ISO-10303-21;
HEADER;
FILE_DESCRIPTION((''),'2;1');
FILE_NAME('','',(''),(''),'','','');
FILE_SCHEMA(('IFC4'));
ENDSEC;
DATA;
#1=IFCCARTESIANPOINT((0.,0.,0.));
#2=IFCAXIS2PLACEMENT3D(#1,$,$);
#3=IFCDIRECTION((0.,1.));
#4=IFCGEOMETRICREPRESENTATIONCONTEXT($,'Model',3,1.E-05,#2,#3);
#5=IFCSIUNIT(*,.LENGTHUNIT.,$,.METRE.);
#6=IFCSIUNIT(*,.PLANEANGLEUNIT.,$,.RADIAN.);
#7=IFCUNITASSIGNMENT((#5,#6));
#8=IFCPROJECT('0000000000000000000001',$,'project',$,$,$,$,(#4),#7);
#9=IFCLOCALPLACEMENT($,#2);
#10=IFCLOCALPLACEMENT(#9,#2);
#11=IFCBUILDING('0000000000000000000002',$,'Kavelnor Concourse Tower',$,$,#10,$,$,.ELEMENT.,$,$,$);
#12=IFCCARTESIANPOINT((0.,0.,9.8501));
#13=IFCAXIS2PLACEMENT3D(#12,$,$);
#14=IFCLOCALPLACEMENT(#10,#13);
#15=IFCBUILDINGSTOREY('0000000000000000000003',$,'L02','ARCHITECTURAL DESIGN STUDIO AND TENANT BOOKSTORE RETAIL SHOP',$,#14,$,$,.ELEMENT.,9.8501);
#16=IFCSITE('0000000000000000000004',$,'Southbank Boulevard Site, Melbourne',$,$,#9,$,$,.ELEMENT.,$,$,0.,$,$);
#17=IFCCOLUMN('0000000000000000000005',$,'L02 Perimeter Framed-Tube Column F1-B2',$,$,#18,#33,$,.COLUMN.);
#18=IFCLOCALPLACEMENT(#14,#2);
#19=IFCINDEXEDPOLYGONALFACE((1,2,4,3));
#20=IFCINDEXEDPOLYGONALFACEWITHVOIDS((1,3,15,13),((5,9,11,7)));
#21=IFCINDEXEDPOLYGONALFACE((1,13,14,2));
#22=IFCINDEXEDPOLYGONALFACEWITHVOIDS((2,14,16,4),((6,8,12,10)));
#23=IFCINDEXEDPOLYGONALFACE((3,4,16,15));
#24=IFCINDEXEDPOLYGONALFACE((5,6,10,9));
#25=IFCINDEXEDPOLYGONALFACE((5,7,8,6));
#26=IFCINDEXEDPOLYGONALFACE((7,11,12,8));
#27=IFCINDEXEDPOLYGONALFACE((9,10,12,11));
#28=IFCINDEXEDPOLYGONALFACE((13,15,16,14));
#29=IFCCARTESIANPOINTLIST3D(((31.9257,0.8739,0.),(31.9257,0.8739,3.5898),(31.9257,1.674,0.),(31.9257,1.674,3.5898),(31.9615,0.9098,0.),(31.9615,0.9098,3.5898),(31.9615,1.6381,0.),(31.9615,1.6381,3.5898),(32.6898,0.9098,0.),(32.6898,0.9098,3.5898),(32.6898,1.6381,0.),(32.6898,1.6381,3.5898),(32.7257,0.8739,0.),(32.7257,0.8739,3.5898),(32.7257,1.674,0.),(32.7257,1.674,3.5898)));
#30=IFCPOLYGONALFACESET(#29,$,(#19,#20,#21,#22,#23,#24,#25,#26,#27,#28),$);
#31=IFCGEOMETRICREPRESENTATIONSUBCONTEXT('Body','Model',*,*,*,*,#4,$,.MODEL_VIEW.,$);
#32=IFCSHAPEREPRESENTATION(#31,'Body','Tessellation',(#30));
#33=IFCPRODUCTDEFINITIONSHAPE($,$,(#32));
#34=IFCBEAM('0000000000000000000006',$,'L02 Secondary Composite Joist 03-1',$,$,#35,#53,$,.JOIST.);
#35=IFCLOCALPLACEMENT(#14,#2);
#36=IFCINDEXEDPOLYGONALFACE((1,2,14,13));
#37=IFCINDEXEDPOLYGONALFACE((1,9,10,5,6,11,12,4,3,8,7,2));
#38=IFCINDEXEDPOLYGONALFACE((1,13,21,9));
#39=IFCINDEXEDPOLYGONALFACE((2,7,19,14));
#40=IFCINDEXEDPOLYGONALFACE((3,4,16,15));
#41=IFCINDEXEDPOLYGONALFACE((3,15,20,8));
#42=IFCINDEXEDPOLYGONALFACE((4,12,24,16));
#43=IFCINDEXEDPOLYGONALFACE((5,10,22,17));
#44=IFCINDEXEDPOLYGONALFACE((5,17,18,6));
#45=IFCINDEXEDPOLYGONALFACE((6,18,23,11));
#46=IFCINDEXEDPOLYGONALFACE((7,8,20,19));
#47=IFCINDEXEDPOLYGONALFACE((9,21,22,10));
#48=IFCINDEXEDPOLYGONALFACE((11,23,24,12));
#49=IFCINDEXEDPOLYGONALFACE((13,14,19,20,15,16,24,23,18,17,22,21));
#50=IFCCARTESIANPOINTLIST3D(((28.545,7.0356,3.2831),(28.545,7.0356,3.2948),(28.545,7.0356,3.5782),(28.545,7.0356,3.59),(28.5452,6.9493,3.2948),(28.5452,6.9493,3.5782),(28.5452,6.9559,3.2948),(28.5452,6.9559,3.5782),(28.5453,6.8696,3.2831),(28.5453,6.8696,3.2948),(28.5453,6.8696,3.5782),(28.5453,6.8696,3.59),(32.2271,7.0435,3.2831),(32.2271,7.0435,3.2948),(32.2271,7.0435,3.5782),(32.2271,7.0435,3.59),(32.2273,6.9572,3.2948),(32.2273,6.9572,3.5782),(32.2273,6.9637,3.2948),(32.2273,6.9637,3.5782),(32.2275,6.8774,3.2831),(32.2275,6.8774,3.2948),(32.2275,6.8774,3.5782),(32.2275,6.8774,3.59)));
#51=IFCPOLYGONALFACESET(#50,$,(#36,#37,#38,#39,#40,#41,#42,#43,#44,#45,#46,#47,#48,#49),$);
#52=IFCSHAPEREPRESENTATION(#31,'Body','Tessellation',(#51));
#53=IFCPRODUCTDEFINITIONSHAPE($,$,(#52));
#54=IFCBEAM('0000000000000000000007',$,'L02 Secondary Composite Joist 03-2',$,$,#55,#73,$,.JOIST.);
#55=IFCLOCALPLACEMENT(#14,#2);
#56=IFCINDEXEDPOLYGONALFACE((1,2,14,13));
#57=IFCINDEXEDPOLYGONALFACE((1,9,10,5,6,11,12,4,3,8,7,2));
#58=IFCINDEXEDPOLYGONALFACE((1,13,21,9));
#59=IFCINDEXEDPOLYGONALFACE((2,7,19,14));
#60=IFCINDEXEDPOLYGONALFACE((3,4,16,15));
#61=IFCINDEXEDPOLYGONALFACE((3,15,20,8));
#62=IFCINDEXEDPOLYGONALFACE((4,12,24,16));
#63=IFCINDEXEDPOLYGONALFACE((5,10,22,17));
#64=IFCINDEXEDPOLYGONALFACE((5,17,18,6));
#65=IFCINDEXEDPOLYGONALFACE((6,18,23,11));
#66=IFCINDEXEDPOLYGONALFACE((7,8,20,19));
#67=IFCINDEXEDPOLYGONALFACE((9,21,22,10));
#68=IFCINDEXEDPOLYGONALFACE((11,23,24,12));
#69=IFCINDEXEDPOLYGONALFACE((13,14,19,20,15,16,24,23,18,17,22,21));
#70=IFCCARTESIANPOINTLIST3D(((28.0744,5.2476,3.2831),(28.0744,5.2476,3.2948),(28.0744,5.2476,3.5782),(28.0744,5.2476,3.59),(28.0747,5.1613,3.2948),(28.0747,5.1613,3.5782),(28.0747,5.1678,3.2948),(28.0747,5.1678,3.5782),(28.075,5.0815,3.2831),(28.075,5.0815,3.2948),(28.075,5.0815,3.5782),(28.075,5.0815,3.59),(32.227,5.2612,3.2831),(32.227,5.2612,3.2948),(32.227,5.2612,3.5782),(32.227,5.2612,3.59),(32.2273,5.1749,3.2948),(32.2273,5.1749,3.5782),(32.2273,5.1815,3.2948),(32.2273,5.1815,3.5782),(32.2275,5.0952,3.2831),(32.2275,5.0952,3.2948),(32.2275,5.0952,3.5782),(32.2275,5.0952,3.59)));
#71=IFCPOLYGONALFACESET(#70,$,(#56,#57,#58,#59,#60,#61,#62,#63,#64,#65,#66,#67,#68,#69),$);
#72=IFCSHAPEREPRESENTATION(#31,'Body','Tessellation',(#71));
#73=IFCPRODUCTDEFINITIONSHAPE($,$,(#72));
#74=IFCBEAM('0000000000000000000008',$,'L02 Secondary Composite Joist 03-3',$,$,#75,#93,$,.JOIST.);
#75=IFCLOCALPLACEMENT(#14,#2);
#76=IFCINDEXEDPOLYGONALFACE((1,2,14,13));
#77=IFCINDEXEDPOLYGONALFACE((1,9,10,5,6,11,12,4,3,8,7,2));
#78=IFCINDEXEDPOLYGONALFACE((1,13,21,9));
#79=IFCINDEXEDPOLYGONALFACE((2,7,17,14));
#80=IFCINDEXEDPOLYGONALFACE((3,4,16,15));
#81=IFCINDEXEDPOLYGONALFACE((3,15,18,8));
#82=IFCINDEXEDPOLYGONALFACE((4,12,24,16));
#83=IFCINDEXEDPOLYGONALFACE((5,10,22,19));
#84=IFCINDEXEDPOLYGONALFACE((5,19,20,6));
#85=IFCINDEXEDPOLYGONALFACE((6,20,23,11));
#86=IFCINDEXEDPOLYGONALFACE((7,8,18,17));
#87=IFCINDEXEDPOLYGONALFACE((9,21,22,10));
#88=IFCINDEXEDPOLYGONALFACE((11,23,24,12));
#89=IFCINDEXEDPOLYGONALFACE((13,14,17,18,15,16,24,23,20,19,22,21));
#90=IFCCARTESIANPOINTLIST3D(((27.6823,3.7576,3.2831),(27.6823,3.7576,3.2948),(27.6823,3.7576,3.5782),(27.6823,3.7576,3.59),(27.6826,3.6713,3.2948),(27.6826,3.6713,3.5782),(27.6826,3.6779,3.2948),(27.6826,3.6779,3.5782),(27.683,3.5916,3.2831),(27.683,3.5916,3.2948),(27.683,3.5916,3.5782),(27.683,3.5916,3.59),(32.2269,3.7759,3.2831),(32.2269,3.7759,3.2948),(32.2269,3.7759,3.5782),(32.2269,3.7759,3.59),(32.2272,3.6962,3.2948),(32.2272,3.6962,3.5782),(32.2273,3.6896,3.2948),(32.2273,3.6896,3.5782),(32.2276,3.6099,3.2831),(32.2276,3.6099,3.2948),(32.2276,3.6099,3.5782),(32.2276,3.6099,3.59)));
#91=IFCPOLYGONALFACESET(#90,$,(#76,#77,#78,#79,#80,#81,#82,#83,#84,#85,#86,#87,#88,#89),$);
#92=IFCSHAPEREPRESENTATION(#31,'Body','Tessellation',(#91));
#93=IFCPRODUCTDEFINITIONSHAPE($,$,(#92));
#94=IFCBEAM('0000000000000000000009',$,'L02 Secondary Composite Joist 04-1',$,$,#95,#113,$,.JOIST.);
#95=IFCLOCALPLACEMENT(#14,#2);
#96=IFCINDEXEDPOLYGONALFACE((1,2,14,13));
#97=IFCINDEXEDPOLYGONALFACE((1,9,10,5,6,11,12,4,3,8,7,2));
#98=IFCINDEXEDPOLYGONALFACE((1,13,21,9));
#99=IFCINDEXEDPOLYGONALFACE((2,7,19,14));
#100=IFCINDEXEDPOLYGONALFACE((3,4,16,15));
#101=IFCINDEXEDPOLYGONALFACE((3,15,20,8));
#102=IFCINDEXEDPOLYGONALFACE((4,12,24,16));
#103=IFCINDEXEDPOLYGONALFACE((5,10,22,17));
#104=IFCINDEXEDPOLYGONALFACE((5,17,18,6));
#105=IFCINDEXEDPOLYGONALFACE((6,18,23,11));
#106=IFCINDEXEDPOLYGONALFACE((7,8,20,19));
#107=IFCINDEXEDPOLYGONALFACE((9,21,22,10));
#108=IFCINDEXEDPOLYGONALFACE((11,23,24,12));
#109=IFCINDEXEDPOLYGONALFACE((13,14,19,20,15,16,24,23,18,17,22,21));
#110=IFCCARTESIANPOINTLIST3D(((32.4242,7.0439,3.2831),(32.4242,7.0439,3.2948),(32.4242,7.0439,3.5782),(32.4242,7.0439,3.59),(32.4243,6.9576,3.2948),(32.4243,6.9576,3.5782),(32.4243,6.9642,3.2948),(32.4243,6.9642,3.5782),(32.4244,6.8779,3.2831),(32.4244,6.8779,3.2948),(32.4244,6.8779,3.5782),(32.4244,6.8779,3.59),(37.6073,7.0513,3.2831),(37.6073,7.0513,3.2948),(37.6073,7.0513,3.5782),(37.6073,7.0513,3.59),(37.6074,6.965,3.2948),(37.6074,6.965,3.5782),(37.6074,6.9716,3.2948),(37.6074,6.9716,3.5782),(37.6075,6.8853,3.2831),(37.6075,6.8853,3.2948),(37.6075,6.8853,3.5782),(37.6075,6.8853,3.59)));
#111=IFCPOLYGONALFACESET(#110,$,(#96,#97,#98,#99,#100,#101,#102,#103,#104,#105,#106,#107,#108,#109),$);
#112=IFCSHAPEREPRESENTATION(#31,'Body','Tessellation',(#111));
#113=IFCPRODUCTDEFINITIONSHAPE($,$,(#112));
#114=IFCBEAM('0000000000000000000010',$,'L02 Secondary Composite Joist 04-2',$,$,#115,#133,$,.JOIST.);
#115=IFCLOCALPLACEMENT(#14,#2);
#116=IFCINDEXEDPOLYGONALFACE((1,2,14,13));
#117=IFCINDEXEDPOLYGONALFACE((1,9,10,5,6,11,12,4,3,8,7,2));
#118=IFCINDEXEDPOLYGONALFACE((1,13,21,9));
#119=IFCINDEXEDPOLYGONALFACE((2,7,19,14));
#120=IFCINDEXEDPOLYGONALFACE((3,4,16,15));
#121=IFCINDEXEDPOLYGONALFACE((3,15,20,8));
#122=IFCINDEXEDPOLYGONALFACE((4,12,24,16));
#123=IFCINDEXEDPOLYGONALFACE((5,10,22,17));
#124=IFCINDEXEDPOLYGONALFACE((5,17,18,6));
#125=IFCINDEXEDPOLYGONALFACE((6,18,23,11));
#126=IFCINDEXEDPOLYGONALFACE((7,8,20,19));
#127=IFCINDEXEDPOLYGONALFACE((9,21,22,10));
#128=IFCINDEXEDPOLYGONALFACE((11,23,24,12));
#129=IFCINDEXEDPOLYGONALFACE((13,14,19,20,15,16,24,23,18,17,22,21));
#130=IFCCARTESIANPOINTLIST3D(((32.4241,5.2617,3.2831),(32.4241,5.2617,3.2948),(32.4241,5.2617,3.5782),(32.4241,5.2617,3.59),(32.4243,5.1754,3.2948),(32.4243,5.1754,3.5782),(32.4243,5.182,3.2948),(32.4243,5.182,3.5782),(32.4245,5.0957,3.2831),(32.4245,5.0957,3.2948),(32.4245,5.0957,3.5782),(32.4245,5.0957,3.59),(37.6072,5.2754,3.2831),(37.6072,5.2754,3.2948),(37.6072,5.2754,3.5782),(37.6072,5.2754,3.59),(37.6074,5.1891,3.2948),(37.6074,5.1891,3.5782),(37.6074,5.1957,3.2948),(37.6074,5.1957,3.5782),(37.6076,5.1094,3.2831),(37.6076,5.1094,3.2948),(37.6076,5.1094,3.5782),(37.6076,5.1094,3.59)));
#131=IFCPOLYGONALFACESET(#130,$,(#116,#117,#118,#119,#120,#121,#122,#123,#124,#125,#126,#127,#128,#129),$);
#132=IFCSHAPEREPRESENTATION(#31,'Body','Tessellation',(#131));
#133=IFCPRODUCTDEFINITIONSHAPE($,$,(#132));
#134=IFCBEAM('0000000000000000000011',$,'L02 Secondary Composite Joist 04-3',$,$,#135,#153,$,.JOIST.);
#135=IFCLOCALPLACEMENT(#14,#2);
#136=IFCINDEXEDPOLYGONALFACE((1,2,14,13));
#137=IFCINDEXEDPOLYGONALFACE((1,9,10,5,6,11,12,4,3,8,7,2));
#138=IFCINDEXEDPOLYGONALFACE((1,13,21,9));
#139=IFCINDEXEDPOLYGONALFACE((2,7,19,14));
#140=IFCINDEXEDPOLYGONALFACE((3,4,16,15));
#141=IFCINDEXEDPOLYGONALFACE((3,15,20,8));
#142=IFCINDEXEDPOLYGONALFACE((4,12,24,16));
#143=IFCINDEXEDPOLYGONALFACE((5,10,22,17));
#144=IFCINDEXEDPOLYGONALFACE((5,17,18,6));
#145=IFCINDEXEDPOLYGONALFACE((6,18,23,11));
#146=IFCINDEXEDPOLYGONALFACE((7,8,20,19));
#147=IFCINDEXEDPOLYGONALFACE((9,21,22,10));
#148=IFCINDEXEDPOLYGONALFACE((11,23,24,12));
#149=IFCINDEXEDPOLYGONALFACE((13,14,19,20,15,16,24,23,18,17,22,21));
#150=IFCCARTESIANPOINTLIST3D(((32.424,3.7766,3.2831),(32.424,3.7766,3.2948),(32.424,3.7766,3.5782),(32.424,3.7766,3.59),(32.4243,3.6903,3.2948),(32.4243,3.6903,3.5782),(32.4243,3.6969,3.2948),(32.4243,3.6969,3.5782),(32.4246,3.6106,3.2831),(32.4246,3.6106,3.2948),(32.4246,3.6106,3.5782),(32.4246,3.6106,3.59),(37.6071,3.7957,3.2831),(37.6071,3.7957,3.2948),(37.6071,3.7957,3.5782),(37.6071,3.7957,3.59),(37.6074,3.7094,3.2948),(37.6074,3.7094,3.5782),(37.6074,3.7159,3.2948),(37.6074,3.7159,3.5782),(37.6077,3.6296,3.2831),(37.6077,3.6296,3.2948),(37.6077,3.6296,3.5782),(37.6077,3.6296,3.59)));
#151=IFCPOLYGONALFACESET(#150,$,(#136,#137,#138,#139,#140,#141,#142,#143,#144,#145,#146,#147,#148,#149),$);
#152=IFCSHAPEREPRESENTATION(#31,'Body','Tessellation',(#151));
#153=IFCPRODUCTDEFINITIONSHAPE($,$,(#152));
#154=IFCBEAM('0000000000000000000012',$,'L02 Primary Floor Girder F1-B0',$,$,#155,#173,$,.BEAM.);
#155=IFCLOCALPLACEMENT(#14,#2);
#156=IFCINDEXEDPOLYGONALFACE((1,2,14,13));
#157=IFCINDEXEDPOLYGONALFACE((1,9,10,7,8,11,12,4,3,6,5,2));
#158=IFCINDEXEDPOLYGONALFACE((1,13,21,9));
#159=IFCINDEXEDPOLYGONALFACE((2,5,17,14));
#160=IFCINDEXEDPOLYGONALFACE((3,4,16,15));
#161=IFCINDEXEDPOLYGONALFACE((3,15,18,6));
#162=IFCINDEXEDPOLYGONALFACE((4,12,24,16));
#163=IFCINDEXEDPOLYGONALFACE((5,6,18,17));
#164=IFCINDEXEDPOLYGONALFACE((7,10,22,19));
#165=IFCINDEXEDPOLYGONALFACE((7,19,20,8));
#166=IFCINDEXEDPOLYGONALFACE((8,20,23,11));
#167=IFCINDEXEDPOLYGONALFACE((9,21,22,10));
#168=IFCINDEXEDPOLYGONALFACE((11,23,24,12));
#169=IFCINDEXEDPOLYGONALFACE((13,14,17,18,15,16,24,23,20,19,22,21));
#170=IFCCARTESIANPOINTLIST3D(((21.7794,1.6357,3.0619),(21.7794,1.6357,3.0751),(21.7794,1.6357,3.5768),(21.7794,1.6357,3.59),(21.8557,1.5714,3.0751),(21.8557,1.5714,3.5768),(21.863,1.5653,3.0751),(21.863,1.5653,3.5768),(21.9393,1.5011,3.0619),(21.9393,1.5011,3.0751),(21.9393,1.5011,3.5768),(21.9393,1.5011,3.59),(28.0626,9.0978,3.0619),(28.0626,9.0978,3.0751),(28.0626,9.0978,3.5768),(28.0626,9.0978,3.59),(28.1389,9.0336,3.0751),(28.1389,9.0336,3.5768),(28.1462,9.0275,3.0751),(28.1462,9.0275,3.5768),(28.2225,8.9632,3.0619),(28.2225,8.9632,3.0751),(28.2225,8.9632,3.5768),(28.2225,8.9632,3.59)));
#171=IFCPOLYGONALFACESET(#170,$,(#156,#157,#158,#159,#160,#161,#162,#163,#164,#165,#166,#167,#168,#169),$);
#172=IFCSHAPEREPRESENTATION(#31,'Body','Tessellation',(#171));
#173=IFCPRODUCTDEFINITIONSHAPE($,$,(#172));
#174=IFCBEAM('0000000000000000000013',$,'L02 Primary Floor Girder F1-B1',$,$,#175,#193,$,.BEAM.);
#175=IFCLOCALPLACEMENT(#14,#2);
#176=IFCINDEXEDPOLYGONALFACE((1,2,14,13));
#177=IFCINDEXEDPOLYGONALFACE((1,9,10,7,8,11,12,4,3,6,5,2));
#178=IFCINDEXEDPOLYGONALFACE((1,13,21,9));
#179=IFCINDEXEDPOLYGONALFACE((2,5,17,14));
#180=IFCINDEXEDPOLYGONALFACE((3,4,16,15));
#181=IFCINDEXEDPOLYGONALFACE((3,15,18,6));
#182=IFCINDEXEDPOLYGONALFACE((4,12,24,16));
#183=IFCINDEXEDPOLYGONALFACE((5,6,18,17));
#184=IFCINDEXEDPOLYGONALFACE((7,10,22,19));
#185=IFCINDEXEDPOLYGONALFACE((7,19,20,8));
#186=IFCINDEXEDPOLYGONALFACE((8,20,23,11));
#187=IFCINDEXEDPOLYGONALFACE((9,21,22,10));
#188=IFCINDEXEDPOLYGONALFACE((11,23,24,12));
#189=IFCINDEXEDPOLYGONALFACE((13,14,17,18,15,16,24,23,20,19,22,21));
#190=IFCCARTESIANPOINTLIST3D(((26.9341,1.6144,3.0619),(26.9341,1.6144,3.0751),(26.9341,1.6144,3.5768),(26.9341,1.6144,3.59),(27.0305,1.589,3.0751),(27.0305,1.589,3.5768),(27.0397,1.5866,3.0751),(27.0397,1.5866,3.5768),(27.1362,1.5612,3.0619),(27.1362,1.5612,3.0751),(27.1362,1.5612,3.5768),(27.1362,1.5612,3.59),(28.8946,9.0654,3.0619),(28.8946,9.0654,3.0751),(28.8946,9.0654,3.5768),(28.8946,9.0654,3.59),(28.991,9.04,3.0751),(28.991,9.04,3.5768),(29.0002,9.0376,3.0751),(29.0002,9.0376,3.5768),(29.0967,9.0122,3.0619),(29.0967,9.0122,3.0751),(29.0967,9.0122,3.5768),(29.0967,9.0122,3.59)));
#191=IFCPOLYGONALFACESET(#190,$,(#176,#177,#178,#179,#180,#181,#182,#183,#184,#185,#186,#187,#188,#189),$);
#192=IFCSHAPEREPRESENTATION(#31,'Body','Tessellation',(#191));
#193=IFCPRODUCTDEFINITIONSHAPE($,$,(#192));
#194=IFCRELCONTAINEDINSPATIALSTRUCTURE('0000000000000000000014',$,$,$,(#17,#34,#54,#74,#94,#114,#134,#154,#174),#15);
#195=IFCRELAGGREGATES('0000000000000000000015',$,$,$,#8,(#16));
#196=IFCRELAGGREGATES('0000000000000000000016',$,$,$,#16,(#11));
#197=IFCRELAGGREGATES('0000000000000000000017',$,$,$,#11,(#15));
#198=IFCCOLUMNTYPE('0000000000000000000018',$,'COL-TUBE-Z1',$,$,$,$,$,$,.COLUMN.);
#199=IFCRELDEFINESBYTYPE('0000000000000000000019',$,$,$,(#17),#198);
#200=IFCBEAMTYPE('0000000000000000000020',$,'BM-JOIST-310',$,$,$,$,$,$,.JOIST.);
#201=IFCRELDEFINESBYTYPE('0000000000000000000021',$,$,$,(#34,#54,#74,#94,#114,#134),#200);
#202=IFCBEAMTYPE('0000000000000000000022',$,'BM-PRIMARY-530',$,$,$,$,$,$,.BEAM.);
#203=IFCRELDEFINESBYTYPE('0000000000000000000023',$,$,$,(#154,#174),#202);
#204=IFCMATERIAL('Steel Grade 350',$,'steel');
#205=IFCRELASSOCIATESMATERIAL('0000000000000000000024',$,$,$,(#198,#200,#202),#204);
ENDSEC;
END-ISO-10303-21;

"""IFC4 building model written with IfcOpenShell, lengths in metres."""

from ifc_helpers import new_model, si_unit, direction, frame, origin, origin_2d, place, context, subcontext, project, spatial, hollow_rectangle, i_section, extrude, material, material_profile, profile_set, type_object, element, save


model = new_model("IFC4")

# Units and contexts
model_context = context("Model", 3, precision=1e-05, world=origin(), true_north=direction((0.0, 1.0)))
body_context = subcontext(model_context, "Body", "Model", "MODEL_VIEW")
ifc_project = project(units=[si_unit("LENGTHUNIT", "METRE"), si_unit("PLANEANGLEUNIT", "RADIAN")], contexts=[model_context])

# Site, building, storey
site_placement = place(None, origin())
site = spatial("IfcSite", under=ifc_project, at=site_placement, Name="Southbank Boulevard Site, Melbourne", CompositionType="ELEMENT", RefElevation=0.0)
building_placement = place(site_placement, origin())
building = spatial("IfcBuilding", under=site, at=building_placement, Name="Kavelnor Concourse Tower", CompositionType="ELEMENT")
storey_placement = place(building_placement, frame((0.0, 0.0, 9.8501)))
storey = spatial("IfcBuildingStorey", under=building, at=storey_placement, Name="L02", Description="ARCHITECTURAL DESIGN STUDIO AND TENANT BOOKSTORE RETAIL SHOP", CompositionType="ELEMENT", Elevation=9.8501)

# Column
ifc_material_1 = material(Name="Steel Grade 350", Category="steel")
ifc_material_profile_1 = material_profile(ifc_material_1, hollow_rectangle(XDim=0.8, YDim=0.8, WallThickness=0.0359, at=origin_2d()), Name="SHS 800x800x36")
ifc_profile_set_1 = profile_set([ifc_material_profile_1], Name="Steel Grade 350")
column_type = type_object("IfcColumnType", Name="COL-TUBE-Z1", PredefinedType="COLUMN", material=ifc_profile_set_1)
column_placement = place(storey_placement, frame((32.3257, 1.2739, 0.0), z_axis=(0.0, 0.0, 1.0), x_axis=(1.0, 0.0, 0.0)))
element("IfcColumn", 1, at=column_placement, inside=storey, type_object=column_type, Name="L02 Perimeter Framed-Tube Column F1-B2", PredefinedType="COLUMN", context=body_context, shape_type="SweptSolid", body=[
    extrude(hollow_rectangle(XDim=0.8, YDim=0.8, WallThickness=0.0359, at=origin_2d()), origin(), (0.0, 0.0, 1.0), 3.5898),
])

# Beams
ifc_material_profile_2 = material_profile(ifc_material_1, i_section(OverallWidth=0.166, OverallDepth=0.3069, WebThickness=0.0066, FlangeThickness=0.0117, at=origin_2d()), Name="310UB46")
ifc_profile_set_2 = profile_set([ifc_material_profile_2], Name="Steel Grade 350")
beam_type_1 = type_object("IfcBeamType", Name="BM-JOIST-310", PredefinedType="JOIST", material=ifc_profile_set_2)
beam_1_placement = place(storey_placement, frame((28.5452, 6.9526, 3.4365), z_axis=(0.999998, 0.002122, 0.0), x_axis=(-0.002122, 0.999998, 0.0)))
element("IfcBeam", 2, at=beam_1_placement, inside=storey, type_object=beam_type_1, Name="L02 Secondary Composite Joist 03-1", PredefinedType="JOIST", context=body_context, shape_type="SweptSolid", body=[
    extrude(i_section(OverallWidth=0.166, OverallDepth=0.3069, WebThickness=0.0066, FlangeThickness=0.0117, at=origin_2d()), origin(), (0.0, 0.0, 1.0), 3.6821),
])
beam_2_placement = place(storey_placement, frame((28.0747, 5.1646, 3.4365), z_axis=(0.999995, 0.003292, 0.0), x_axis=(-0.003292, 0.999995, 0.0)))
element("IfcBeam", 3, at=beam_2_placement, inside=storey, type_object=beam_type_1, Name="L02 Secondary Composite Joist 03-2", PredefinedType="JOIST", context=body_context, shape_type="SweptSolid", body=[
    extrude(i_section(OverallWidth=0.166, OverallDepth=0.3069, WebThickness=0.0066, FlangeThickness=0.0117, at=origin_2d()), origin(), (0.0, 0.0, 1.0), 4.1526),
])
beam_3_placement = place(storey_placement, frame((27.6826, 3.6746, 3.4365), z_axis=(0.999992, 0.004029, 0.0), x_axis=(-0.004029, 0.999992, 0.0)))
element("IfcBeam", 4, at=beam_3_placement, inside=storey, type_object=beam_type_1, Name="L02 Secondary Composite Joist 03-3", PredefinedType="JOIST", context=body_context, shape_type="SweptSolid", body=[
    extrude(i_section(OverallWidth=0.166, OverallDepth=0.3069, WebThickness=0.0066, FlangeThickness=0.0117, at=origin_2d()), origin(), (0.0, 0.0, 1.0), 4.5447),
])
for number, where, z_axis, x_axis, name in (
    (5, (32.4243, 6.9609, 3.4365), (0.999999, 0.001413, 0.0), (-0.001413, 0.999999, 0.0), "L02 Secondary Composite Joist 04-1"),
    (6, (32.4243, 5.1787, 3.4365), (0.999997, 0.002638, 0.0), (-0.002638, 0.999997, 0.0), "L02 Secondary Composite Joist 04-2"),
    (7, (32.4243, 3.6936, 3.4365), (0.999993, 0.003674, 0.0), (-0.003674, 0.999993, 0.0), "L02 Secondary Composite Joist 04-3"),
):
    element("IfcBeam", number, at=place(storey_placement, frame(where, z_axis=z_axis, x_axis=x_axis)), inside=storey, type_object=beam_type_1, Name=name, PredefinedType="JOIST", context=body_context, shape_type="SweptSolid", body=[
        extrude(i_section(OverallWidth=0.166, OverallDepth=0.3069, WebThickness=0.0066, FlangeThickness=0.0117, at=origin_2d()), origin(), (0.0, 0.0, 1.0), 5.1831),
    ])
ifc_material_profile_3 = material_profile(ifc_material_1, i_section(OverallWidth=0.209, OverallDepth=0.5281, WebThickness=0.0095, FlangeThickness=0.0132, at=origin_2d()), Name="530UB82")
ifc_profile_set_3 = profile_set([ifc_material_profile_3], Name="Steel Grade 350")
beam_type_2 = type_object("IfcBeamType", Name="BM-PRIMARY-530", PredefinedType="BEAM", material=ifc_profile_set_3)
beam_4_placement = place(storey_placement, frame((28.1426, 9.0305, 3.3259), z_axis=(-0.644093, -0.764948, 0.0), x_axis=(0.764948, -0.644093, 0.0)))
element("IfcBeam", 8, at=beam_4_placement, inside=storey, type_object=beam_type_2, Name="L02 Primary Floor Girder F1-B0", PredefinedType="BEAM", context=body_context, shape_type="SweptSolid", body=[
    extrude(i_section(OverallWidth=0.209, OverallDepth=0.5281, WebThickness=0.0095, FlangeThickness=0.0132, at=origin_2d()), origin(), (0.0, 0.0, 1.0), 9.7551),
])
beam_5_placement = place(storey_placement, frame((28.9956, 9.0388, 3.3259), z_axis=(-0.254454, -0.967085, 0.0), x_axis=(0.967085, -0.254454, 0.0)))
element("IfcBeam", 9, at=beam_5_placement, inside=storey, type_object=beam_type_2, Name="L02 Primary Floor Girder F1-B1", PredefinedType="BEAM", context=body_context, shape_type="SweptSolid", body=[
    extrude(i_section(OverallWidth=0.209, OverallDepth=0.5281, WebThickness=0.0095, FlangeThickness=0.0132, at=origin_2d()), origin(), (0.0, 0.0, 1.0), 7.7046),
])

save(model, "model.ifc")
